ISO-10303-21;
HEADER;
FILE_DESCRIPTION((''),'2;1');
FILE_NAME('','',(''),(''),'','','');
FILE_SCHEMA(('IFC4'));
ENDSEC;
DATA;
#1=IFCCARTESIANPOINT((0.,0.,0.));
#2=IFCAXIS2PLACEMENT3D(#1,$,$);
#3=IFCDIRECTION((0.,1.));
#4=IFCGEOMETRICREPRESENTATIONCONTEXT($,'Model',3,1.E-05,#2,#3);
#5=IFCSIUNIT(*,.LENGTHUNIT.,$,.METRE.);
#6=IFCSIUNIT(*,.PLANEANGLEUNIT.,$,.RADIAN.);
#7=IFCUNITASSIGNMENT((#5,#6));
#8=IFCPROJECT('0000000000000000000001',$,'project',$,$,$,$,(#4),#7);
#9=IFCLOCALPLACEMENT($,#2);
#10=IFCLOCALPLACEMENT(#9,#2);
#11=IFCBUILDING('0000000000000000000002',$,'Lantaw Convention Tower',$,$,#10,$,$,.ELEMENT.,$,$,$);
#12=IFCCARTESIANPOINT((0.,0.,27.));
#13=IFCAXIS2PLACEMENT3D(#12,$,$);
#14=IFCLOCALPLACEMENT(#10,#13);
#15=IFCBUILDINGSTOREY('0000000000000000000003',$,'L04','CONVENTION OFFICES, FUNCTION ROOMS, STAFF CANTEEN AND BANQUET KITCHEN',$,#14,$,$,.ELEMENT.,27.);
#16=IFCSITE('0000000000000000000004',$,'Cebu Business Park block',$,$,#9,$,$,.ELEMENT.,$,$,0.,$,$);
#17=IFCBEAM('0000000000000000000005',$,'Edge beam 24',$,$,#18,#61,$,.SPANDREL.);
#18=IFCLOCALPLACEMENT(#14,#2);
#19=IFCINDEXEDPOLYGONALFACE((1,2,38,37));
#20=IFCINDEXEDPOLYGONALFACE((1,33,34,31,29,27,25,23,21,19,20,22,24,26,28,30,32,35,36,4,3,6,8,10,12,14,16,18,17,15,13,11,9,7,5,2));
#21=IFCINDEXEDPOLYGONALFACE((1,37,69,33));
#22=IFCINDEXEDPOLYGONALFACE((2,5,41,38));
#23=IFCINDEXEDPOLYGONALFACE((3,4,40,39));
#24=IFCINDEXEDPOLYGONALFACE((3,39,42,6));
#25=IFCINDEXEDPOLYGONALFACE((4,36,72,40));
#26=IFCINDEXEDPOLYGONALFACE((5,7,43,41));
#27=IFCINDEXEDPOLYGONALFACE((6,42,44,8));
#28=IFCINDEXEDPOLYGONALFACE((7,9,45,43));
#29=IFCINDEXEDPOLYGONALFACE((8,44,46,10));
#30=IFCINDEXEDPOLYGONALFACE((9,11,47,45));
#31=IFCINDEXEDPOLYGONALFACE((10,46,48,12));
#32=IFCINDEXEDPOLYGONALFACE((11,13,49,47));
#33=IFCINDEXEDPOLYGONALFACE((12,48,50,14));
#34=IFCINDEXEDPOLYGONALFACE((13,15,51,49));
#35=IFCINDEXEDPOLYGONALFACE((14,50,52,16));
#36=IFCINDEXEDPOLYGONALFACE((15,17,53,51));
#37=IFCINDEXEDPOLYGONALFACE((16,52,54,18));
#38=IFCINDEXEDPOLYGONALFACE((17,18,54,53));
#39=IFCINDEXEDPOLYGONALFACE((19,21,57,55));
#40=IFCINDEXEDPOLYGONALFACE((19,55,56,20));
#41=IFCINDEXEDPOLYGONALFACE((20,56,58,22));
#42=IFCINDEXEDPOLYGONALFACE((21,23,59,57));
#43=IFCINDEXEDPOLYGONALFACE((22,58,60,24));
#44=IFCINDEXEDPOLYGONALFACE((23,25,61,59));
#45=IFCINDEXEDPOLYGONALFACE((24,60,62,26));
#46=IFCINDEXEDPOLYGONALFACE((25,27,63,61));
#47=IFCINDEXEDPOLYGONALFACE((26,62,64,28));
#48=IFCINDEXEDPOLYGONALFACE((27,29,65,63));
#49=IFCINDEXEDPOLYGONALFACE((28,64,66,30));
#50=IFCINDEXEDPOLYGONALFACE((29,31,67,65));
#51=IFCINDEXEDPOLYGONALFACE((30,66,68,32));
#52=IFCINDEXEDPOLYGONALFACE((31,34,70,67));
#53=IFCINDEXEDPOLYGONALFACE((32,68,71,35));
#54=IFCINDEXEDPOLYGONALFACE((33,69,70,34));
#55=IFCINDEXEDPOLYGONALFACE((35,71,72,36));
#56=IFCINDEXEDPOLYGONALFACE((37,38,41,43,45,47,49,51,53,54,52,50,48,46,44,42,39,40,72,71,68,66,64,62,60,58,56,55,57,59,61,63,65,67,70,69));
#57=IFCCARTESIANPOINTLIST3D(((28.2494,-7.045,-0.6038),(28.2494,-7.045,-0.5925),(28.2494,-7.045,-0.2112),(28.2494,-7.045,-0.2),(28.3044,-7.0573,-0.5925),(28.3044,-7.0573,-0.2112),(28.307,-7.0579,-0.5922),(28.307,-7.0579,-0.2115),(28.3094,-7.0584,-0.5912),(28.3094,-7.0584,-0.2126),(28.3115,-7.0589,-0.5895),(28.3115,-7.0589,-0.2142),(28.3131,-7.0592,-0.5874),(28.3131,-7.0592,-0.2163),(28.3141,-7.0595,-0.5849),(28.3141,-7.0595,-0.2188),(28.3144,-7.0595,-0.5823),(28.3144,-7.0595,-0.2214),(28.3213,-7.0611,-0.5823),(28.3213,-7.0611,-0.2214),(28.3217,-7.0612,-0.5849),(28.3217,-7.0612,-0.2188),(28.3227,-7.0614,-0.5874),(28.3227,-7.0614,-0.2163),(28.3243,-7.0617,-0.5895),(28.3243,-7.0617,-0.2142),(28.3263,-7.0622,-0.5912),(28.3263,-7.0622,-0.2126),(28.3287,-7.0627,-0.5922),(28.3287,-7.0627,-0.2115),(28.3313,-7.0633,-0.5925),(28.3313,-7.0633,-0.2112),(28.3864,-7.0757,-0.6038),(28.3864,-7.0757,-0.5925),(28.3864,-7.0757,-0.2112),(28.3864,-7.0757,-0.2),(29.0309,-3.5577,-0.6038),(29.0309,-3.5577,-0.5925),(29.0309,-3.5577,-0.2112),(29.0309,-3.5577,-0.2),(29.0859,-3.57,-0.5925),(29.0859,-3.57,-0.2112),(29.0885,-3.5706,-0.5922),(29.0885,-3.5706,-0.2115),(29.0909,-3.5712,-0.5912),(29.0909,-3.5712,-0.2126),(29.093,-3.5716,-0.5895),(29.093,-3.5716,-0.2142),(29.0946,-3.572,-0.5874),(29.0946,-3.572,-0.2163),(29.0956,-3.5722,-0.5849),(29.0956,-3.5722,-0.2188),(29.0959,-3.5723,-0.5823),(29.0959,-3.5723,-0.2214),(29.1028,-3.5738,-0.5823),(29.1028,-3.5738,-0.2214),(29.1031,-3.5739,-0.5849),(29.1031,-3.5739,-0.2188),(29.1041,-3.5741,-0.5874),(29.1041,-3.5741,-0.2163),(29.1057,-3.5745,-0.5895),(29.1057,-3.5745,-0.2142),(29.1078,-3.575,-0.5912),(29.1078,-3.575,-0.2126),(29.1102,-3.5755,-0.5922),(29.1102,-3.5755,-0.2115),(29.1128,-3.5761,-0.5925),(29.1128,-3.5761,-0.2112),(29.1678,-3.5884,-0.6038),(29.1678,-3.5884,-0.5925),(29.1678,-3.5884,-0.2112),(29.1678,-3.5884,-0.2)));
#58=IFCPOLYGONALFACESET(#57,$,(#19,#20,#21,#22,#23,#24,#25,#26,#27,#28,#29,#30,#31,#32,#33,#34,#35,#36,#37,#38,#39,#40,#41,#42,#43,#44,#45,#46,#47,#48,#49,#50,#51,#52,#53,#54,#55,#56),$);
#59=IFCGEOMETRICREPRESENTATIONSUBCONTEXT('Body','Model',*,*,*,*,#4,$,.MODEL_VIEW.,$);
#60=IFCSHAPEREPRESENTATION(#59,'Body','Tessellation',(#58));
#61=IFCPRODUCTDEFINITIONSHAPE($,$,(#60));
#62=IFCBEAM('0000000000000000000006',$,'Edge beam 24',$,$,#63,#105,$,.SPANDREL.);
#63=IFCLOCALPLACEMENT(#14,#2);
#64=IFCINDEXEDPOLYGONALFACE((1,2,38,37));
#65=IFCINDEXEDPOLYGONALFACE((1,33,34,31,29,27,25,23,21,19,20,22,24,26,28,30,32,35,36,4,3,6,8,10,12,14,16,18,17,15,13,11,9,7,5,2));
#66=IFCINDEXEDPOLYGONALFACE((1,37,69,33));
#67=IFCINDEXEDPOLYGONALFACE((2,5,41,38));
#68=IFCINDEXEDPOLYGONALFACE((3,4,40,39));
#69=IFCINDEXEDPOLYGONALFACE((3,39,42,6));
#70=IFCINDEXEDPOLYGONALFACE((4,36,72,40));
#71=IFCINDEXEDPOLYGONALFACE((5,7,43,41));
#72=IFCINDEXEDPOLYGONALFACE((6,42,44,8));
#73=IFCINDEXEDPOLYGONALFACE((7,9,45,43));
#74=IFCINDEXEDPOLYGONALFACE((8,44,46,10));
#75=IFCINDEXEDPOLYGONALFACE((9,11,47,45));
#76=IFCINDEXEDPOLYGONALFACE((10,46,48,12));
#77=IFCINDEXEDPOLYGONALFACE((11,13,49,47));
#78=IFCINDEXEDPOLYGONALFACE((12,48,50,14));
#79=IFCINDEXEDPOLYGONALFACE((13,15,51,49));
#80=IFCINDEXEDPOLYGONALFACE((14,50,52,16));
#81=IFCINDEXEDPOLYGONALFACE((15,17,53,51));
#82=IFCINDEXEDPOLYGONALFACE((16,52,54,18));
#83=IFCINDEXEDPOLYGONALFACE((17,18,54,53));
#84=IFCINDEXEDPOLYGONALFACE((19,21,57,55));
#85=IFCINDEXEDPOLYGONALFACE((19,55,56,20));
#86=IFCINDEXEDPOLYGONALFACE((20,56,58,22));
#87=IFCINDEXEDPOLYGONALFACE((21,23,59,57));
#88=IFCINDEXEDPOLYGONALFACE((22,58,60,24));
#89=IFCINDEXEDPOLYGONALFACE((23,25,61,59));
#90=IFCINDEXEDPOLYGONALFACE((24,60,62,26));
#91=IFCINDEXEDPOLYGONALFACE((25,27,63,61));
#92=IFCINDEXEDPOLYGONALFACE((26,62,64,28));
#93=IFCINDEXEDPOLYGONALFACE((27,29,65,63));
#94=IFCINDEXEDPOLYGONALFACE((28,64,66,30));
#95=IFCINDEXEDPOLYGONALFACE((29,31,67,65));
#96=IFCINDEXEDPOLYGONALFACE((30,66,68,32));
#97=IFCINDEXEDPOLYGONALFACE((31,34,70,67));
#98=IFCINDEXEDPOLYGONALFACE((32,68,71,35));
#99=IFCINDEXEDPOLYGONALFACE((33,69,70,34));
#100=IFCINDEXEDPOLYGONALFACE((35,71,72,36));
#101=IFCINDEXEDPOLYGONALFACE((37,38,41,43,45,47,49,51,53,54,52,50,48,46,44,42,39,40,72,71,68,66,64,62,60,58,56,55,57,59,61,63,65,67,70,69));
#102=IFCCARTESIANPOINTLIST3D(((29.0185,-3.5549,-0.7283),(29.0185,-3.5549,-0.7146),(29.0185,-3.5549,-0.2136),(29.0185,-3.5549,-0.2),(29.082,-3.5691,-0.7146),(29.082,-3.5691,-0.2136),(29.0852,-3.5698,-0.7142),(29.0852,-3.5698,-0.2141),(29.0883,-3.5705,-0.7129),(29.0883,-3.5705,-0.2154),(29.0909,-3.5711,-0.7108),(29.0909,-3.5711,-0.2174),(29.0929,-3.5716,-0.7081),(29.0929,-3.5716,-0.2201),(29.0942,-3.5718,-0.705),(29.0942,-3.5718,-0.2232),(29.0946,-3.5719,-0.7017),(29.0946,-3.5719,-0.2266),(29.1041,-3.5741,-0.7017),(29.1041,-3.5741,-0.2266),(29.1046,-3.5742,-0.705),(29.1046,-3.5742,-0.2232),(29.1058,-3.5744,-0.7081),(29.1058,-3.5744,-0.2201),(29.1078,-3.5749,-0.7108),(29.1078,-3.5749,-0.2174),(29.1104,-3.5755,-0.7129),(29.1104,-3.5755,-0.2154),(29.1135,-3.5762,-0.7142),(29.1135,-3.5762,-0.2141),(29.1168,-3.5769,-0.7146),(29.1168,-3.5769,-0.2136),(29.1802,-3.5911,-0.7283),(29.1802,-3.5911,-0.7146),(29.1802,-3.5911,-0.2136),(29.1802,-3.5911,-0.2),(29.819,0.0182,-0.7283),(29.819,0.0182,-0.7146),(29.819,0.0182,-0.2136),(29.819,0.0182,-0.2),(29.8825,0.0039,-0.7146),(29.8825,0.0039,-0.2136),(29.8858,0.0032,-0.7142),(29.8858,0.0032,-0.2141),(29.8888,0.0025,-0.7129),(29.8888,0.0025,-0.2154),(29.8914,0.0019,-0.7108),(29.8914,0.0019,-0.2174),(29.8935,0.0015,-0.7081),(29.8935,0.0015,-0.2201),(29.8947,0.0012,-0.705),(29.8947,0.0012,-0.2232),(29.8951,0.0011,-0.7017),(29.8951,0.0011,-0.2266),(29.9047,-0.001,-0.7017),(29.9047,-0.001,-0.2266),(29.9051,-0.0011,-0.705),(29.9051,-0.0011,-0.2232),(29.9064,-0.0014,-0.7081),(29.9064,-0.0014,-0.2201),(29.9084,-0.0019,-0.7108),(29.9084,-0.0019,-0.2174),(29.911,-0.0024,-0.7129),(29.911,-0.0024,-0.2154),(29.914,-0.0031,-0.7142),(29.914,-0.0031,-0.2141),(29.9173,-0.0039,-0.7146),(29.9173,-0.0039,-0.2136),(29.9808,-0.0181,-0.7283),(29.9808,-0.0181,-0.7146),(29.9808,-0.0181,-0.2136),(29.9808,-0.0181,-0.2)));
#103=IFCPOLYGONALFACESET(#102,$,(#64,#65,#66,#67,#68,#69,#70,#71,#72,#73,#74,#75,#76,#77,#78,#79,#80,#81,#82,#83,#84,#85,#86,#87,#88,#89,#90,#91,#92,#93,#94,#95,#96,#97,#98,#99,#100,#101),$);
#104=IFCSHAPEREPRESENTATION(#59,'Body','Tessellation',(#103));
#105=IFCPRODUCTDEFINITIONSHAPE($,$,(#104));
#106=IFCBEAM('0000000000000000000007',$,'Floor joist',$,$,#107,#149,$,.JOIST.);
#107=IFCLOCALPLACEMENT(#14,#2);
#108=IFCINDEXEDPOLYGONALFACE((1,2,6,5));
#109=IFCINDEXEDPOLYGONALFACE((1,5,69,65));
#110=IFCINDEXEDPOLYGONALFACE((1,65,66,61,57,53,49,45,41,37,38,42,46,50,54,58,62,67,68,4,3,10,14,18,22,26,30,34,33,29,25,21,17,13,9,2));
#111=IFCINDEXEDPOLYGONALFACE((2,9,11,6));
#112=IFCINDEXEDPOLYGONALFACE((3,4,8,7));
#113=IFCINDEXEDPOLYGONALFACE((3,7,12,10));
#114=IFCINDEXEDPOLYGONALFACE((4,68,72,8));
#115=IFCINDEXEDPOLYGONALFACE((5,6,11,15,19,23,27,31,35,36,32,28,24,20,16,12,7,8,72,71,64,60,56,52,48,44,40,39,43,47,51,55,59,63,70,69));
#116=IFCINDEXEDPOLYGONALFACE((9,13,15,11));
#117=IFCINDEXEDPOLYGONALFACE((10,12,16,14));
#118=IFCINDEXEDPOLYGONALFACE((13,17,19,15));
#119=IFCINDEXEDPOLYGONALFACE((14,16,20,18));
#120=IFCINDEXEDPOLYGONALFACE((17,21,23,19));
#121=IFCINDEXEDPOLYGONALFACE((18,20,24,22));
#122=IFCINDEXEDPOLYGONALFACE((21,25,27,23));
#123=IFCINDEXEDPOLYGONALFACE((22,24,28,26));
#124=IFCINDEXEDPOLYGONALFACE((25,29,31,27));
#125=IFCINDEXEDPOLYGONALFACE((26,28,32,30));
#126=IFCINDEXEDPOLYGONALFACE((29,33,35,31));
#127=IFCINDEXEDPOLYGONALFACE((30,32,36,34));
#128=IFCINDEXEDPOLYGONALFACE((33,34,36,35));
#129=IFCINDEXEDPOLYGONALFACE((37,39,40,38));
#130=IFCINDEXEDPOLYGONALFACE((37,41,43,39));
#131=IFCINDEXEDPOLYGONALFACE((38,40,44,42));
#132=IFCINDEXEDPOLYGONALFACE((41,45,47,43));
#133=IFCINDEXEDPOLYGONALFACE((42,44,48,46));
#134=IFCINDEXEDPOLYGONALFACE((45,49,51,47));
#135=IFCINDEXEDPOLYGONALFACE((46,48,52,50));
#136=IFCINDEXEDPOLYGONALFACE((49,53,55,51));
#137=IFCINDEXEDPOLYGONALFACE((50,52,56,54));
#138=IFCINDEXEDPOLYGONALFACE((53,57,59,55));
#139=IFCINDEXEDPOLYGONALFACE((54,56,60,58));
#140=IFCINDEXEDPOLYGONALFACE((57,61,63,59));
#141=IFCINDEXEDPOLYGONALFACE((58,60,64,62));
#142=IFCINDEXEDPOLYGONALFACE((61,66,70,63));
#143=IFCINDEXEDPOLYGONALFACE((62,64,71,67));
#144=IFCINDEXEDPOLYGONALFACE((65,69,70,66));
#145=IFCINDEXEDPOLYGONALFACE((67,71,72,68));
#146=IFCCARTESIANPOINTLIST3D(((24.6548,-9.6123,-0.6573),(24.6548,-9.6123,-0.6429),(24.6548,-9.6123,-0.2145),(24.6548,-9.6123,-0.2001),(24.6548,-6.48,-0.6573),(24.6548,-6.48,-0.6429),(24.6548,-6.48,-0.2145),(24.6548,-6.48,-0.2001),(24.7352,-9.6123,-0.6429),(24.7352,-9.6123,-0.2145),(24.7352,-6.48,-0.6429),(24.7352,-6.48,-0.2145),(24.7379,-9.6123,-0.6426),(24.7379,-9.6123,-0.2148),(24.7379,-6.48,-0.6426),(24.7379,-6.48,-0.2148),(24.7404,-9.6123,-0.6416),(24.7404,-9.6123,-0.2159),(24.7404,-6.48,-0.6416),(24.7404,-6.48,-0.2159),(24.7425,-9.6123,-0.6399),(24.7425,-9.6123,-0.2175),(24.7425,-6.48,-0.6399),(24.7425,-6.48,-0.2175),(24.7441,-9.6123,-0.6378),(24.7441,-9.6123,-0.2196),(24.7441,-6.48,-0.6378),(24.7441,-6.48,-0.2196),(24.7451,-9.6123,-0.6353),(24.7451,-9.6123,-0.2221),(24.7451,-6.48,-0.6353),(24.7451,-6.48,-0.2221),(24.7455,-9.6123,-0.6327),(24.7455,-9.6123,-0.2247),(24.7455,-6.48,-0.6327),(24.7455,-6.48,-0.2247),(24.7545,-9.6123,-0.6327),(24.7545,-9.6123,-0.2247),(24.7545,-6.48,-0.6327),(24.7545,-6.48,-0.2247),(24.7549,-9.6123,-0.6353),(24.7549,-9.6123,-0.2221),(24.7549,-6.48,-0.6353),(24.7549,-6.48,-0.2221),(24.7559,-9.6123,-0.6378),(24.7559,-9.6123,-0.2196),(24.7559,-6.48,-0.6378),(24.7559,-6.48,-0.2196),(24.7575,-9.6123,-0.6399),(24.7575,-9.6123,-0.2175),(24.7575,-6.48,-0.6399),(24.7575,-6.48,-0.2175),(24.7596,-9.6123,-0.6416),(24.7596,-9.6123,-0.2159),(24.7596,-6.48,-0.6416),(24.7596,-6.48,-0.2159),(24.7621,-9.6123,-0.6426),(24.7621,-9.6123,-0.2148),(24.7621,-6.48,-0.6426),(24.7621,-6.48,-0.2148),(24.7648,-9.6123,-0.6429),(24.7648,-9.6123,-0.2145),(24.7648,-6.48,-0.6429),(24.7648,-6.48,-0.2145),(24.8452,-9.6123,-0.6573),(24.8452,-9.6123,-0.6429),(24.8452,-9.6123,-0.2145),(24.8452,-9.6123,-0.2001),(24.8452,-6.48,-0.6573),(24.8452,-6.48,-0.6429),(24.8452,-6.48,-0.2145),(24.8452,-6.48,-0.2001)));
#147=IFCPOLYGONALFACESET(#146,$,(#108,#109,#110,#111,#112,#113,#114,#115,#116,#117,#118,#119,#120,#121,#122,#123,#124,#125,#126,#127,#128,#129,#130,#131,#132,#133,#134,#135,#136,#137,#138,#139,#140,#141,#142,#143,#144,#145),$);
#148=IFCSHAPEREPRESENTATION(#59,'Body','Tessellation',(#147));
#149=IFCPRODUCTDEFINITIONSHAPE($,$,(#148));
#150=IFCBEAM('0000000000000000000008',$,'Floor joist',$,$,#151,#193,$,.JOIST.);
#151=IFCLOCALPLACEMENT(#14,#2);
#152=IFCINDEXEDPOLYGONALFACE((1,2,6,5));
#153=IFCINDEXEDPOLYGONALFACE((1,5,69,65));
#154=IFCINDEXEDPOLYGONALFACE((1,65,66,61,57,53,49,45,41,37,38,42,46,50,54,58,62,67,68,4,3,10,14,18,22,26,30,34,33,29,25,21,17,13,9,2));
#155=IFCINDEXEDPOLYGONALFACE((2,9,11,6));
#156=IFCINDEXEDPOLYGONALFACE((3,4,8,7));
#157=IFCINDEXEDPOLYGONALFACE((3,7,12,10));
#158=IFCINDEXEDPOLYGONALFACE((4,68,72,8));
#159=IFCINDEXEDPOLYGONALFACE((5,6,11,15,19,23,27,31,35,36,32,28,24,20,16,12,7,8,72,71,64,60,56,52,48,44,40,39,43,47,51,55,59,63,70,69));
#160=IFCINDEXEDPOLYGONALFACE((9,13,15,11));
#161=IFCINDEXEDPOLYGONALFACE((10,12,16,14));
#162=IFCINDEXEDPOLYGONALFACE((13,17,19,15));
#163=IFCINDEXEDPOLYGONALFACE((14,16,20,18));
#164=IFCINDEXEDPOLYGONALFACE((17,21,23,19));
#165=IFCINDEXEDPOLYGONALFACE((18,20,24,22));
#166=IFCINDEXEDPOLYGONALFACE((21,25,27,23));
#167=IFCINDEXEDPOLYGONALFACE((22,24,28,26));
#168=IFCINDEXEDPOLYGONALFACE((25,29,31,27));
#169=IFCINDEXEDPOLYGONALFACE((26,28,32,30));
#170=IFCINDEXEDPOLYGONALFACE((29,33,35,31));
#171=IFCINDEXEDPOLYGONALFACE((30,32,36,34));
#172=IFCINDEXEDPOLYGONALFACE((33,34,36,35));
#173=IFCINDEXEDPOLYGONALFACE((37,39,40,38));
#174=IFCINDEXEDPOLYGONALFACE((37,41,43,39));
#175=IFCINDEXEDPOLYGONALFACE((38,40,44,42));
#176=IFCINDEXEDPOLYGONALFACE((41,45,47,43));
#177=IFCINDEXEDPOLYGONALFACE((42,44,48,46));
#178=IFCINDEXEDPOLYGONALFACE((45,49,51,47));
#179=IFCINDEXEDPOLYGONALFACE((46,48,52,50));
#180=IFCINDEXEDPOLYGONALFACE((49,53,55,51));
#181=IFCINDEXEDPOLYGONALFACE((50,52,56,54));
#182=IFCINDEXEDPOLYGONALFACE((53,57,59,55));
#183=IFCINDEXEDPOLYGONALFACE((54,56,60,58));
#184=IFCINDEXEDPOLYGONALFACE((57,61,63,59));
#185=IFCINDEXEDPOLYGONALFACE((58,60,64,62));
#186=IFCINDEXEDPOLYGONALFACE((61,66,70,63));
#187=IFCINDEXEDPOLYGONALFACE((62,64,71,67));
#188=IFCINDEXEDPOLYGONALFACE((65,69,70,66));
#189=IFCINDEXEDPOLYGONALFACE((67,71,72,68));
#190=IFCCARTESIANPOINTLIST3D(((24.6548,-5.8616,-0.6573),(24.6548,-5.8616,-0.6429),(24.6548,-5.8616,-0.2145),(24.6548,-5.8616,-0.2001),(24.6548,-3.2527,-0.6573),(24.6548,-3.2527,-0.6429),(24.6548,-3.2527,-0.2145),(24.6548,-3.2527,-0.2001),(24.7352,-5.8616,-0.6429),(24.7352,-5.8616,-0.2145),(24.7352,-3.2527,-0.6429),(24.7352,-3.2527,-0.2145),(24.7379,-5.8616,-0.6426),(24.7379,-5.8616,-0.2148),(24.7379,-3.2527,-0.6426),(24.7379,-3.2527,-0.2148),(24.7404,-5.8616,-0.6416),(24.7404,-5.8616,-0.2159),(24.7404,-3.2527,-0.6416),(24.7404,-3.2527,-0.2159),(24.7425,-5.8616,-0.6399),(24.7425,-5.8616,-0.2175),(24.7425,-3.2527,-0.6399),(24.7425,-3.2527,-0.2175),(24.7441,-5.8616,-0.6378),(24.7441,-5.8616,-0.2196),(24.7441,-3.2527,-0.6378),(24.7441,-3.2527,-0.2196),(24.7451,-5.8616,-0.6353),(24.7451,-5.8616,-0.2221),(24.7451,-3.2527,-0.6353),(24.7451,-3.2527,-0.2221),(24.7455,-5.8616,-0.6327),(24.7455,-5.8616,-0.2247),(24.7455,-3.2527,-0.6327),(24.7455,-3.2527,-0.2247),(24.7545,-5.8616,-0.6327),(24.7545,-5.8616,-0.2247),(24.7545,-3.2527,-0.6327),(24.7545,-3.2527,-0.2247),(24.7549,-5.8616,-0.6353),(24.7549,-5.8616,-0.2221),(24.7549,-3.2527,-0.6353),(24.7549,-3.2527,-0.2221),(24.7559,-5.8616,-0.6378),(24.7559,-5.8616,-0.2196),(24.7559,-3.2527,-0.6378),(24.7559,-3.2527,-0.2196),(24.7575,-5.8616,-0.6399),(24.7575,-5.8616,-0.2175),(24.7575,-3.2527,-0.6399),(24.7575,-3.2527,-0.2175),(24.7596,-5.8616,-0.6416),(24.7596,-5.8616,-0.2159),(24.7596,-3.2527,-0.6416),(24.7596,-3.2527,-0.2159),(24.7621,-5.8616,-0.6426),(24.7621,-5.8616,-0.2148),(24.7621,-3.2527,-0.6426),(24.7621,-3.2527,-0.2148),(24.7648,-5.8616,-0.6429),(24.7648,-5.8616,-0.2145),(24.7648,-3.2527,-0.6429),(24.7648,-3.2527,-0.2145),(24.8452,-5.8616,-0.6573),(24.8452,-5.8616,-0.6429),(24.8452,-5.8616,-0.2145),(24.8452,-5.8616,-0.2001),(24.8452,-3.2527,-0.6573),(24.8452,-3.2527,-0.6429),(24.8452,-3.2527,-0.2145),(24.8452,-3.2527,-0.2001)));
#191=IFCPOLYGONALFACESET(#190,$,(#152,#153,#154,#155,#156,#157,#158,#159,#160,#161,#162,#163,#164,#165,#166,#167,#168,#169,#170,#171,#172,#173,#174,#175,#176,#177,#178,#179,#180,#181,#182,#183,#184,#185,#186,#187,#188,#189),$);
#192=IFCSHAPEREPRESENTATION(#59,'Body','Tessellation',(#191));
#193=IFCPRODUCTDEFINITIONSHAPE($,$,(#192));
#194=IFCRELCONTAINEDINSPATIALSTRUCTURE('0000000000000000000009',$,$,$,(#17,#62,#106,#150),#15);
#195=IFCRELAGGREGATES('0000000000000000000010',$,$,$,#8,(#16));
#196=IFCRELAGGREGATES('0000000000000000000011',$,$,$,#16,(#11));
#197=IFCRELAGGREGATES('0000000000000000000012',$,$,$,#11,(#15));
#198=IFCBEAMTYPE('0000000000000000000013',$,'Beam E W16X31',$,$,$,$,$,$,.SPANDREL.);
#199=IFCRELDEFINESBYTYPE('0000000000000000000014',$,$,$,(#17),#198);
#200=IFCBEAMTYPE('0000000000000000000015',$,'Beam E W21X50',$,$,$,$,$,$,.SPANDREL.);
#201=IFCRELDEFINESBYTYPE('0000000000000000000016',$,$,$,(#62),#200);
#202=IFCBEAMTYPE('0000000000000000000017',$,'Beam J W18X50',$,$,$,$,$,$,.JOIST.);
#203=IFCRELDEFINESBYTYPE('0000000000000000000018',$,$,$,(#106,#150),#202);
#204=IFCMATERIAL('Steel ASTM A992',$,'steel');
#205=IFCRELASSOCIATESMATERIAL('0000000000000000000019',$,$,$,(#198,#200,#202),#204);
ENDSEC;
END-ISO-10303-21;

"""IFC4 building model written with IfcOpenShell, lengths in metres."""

from ifc_helpers import new_model, si_unit, direction, frame, origin, origin_2d, place, context, subcontext, project, spatial, i_section, extrude, material, material_profile, profile_set, type_object, element, save


model = new_model("IFC4")

# Units and contexts
model_context = context("Model", 3, precision=1e-05, world=origin(), true_north=direction((0.0, 1.0)))
body_context = subcontext(model_context, "Body", "Model", "MODEL_VIEW")
ifc_project = project(units=[si_unit("LENGTHUNIT", "METRE"), si_unit("PLANEANGLEUNIT", "RADIAN")], contexts=[model_context])

# Site, building, storey
site_placement = place(None, origin())
site = spatial("IfcSite", under=ifc_project, at=site_placement, Name="Cebu Business Park block", CompositionType="ELEMENT", RefElevation=0.0)
building_placement = place(site_placement, origin())
building = spatial("IfcBuilding", under=site, at=building_placement, Name="Lantaw Convention Tower", CompositionType="ELEMENT")
storey_placement = place(building_placement, frame((0.0, 0.0, 27.0)))
storey = spatial("IfcBuildingStorey", under=building, at=storey_placement, Name="L04", Description="CONVENTION OFFICES, FUNCTION ROOMS, STAFF CANTEEN AND BANQUET KITCHEN", CompositionType="ELEMENT", Elevation=27.0)

# Beams
ifc_material_1 = material(Name="Steel ASTM A992", Category="steel")
ifc_material_profile_1 = material_profile(ifc_material_1, i_section(OverallWidth=0.1404, OverallDepth=0.4038, WebThickness=0.0071, FlangeThickness=0.0112, FilletRadius=0.0103, at=origin_2d()), Name="W16X31")
ifc_profile_set_1 = profile_set([ifc_material_profile_1], Name="Steel ASTM A992")
beam_type_1 = type_object("IfcBeamType", Name="Beam E W16X31", PredefinedType="SPANDREL", material=ifc_profile_set_1)
beam_1_placement = place(storey_placement, frame((28.3179, -7.0603, -0.4019), z_axis=(0.218673, 0.975798, 0.0), x_axis=(-0.975798, 0.218673, 0.0)))
element("IfcBeam", 1, at=beam_1_placement, inside=storey, type_object=beam_type_1, Name="Edge beam 24", PredefinedType="SPANDREL", context=body_context, shape_type="SweptSolid", body=[
    extrude(i_section(OverallWidth=0.1404, OverallDepth=0.4038, WebThickness=0.0071, FlangeThickness=0.0112, FilletRadius=0.0103, at=origin_2d()), origin(), (0.0, 0.0, 1.0), 3.5737),
])
ifc_material_profile_2 = material_profile(ifc_material_1, i_section(OverallWidth=0.1658, OverallDepth=0.5283, WebThickness=0.0098, FlangeThickness=0.0137, FilletRadius=0.0129, at=origin_2d()), Name="W21X50")
ifc_profile_set_2 = profile_set([ifc_material_profile_2], Name="Steel ASTM A992")
beam_type_2 = type_object("IfcBeamType", Name="Beam E W21X50", PredefinedType="SPANDREL", material=ifc_profile_set_2)
beam_2_placement = place(storey_placement, frame((29.0994, -3.573, -0.4641), z_axis=(0.218632, 0.975807, 0.0), x_axis=(-0.975807, 0.218632, 0.0)))
element("IfcBeam", 2, at=beam_2_placement, inside=storey, type_object=beam_type_2, Name="Edge beam 24", PredefinedType="SPANDREL", context=body_context, shape_type="SweptSolid", body=[
    extrude(i_section(OverallWidth=0.1658, OverallDepth=0.5283, WebThickness=0.0098, FlangeThickness=0.0137, FilletRadius=0.0129, at=origin_2d()), origin(), (0.0, 0.0, 1.0), 3.6616),
])
ifc_material_profile_3 = material_profile(ifc_material_1, i_section(OverallWidth=0.1904, OverallDepth=0.4573, WebThickness=0.009, FlangeThickness=0.0144, FilletRadius=0.0103, at=origin_2d()), Name="W18X50")
ifc_profile_set_3 = profile_set([ifc_material_profile_3], Name="Steel ASTM A992")
beam_type_3 = type_object("IfcBeamType", Name="Beam J W18X50", PredefinedType="JOIST", material=ifc_profile_set_3)
beam_3_placement = place(storey_placement, frame((24.75, -9.6123, -0.4287), z_axis=(0.0, 1.0, 0.0), x_axis=(-1.0, 0.0, 0.0)))
element("IfcBeam", 3, at=beam_3_placement, inside=storey, type_object=beam_type_3, Name="Floor joist", PredefinedType="JOIST", context=body_context, shape_type="SweptSolid", body=[
    extrude(i_section(OverallWidth=0.1904, OverallDepth=0.4573, WebThickness=0.009, FlangeThickness=0.0144, FilletRadius=0.0103, at=origin_2d()), origin(), (0.0, 0.0, 1.0), 3.1323),
])
beam_4_placement = place(storey_placement, frame((24.75, -5.8616, -0.4287), z_axis=(0.0, 1.0, 0.0), x_axis=(-1.0, 0.0, 0.0)))
element("IfcBeam", 4, at=beam_4_placement, inside=storey, type_object=beam_type_3, Name="Floor joist", PredefinedType="JOIST", context=body_context, shape_type="SweptSolid", body=[
    extrude(i_section(OverallWidth=0.1904, OverallDepth=0.4573, WebThickness=0.009, FlangeThickness=0.0144, FilletRadius=0.0103, at=origin_2d()), origin(), (0.0, 0.0, 1.0), 2.6089),
])

save(model, "model.ifc")
